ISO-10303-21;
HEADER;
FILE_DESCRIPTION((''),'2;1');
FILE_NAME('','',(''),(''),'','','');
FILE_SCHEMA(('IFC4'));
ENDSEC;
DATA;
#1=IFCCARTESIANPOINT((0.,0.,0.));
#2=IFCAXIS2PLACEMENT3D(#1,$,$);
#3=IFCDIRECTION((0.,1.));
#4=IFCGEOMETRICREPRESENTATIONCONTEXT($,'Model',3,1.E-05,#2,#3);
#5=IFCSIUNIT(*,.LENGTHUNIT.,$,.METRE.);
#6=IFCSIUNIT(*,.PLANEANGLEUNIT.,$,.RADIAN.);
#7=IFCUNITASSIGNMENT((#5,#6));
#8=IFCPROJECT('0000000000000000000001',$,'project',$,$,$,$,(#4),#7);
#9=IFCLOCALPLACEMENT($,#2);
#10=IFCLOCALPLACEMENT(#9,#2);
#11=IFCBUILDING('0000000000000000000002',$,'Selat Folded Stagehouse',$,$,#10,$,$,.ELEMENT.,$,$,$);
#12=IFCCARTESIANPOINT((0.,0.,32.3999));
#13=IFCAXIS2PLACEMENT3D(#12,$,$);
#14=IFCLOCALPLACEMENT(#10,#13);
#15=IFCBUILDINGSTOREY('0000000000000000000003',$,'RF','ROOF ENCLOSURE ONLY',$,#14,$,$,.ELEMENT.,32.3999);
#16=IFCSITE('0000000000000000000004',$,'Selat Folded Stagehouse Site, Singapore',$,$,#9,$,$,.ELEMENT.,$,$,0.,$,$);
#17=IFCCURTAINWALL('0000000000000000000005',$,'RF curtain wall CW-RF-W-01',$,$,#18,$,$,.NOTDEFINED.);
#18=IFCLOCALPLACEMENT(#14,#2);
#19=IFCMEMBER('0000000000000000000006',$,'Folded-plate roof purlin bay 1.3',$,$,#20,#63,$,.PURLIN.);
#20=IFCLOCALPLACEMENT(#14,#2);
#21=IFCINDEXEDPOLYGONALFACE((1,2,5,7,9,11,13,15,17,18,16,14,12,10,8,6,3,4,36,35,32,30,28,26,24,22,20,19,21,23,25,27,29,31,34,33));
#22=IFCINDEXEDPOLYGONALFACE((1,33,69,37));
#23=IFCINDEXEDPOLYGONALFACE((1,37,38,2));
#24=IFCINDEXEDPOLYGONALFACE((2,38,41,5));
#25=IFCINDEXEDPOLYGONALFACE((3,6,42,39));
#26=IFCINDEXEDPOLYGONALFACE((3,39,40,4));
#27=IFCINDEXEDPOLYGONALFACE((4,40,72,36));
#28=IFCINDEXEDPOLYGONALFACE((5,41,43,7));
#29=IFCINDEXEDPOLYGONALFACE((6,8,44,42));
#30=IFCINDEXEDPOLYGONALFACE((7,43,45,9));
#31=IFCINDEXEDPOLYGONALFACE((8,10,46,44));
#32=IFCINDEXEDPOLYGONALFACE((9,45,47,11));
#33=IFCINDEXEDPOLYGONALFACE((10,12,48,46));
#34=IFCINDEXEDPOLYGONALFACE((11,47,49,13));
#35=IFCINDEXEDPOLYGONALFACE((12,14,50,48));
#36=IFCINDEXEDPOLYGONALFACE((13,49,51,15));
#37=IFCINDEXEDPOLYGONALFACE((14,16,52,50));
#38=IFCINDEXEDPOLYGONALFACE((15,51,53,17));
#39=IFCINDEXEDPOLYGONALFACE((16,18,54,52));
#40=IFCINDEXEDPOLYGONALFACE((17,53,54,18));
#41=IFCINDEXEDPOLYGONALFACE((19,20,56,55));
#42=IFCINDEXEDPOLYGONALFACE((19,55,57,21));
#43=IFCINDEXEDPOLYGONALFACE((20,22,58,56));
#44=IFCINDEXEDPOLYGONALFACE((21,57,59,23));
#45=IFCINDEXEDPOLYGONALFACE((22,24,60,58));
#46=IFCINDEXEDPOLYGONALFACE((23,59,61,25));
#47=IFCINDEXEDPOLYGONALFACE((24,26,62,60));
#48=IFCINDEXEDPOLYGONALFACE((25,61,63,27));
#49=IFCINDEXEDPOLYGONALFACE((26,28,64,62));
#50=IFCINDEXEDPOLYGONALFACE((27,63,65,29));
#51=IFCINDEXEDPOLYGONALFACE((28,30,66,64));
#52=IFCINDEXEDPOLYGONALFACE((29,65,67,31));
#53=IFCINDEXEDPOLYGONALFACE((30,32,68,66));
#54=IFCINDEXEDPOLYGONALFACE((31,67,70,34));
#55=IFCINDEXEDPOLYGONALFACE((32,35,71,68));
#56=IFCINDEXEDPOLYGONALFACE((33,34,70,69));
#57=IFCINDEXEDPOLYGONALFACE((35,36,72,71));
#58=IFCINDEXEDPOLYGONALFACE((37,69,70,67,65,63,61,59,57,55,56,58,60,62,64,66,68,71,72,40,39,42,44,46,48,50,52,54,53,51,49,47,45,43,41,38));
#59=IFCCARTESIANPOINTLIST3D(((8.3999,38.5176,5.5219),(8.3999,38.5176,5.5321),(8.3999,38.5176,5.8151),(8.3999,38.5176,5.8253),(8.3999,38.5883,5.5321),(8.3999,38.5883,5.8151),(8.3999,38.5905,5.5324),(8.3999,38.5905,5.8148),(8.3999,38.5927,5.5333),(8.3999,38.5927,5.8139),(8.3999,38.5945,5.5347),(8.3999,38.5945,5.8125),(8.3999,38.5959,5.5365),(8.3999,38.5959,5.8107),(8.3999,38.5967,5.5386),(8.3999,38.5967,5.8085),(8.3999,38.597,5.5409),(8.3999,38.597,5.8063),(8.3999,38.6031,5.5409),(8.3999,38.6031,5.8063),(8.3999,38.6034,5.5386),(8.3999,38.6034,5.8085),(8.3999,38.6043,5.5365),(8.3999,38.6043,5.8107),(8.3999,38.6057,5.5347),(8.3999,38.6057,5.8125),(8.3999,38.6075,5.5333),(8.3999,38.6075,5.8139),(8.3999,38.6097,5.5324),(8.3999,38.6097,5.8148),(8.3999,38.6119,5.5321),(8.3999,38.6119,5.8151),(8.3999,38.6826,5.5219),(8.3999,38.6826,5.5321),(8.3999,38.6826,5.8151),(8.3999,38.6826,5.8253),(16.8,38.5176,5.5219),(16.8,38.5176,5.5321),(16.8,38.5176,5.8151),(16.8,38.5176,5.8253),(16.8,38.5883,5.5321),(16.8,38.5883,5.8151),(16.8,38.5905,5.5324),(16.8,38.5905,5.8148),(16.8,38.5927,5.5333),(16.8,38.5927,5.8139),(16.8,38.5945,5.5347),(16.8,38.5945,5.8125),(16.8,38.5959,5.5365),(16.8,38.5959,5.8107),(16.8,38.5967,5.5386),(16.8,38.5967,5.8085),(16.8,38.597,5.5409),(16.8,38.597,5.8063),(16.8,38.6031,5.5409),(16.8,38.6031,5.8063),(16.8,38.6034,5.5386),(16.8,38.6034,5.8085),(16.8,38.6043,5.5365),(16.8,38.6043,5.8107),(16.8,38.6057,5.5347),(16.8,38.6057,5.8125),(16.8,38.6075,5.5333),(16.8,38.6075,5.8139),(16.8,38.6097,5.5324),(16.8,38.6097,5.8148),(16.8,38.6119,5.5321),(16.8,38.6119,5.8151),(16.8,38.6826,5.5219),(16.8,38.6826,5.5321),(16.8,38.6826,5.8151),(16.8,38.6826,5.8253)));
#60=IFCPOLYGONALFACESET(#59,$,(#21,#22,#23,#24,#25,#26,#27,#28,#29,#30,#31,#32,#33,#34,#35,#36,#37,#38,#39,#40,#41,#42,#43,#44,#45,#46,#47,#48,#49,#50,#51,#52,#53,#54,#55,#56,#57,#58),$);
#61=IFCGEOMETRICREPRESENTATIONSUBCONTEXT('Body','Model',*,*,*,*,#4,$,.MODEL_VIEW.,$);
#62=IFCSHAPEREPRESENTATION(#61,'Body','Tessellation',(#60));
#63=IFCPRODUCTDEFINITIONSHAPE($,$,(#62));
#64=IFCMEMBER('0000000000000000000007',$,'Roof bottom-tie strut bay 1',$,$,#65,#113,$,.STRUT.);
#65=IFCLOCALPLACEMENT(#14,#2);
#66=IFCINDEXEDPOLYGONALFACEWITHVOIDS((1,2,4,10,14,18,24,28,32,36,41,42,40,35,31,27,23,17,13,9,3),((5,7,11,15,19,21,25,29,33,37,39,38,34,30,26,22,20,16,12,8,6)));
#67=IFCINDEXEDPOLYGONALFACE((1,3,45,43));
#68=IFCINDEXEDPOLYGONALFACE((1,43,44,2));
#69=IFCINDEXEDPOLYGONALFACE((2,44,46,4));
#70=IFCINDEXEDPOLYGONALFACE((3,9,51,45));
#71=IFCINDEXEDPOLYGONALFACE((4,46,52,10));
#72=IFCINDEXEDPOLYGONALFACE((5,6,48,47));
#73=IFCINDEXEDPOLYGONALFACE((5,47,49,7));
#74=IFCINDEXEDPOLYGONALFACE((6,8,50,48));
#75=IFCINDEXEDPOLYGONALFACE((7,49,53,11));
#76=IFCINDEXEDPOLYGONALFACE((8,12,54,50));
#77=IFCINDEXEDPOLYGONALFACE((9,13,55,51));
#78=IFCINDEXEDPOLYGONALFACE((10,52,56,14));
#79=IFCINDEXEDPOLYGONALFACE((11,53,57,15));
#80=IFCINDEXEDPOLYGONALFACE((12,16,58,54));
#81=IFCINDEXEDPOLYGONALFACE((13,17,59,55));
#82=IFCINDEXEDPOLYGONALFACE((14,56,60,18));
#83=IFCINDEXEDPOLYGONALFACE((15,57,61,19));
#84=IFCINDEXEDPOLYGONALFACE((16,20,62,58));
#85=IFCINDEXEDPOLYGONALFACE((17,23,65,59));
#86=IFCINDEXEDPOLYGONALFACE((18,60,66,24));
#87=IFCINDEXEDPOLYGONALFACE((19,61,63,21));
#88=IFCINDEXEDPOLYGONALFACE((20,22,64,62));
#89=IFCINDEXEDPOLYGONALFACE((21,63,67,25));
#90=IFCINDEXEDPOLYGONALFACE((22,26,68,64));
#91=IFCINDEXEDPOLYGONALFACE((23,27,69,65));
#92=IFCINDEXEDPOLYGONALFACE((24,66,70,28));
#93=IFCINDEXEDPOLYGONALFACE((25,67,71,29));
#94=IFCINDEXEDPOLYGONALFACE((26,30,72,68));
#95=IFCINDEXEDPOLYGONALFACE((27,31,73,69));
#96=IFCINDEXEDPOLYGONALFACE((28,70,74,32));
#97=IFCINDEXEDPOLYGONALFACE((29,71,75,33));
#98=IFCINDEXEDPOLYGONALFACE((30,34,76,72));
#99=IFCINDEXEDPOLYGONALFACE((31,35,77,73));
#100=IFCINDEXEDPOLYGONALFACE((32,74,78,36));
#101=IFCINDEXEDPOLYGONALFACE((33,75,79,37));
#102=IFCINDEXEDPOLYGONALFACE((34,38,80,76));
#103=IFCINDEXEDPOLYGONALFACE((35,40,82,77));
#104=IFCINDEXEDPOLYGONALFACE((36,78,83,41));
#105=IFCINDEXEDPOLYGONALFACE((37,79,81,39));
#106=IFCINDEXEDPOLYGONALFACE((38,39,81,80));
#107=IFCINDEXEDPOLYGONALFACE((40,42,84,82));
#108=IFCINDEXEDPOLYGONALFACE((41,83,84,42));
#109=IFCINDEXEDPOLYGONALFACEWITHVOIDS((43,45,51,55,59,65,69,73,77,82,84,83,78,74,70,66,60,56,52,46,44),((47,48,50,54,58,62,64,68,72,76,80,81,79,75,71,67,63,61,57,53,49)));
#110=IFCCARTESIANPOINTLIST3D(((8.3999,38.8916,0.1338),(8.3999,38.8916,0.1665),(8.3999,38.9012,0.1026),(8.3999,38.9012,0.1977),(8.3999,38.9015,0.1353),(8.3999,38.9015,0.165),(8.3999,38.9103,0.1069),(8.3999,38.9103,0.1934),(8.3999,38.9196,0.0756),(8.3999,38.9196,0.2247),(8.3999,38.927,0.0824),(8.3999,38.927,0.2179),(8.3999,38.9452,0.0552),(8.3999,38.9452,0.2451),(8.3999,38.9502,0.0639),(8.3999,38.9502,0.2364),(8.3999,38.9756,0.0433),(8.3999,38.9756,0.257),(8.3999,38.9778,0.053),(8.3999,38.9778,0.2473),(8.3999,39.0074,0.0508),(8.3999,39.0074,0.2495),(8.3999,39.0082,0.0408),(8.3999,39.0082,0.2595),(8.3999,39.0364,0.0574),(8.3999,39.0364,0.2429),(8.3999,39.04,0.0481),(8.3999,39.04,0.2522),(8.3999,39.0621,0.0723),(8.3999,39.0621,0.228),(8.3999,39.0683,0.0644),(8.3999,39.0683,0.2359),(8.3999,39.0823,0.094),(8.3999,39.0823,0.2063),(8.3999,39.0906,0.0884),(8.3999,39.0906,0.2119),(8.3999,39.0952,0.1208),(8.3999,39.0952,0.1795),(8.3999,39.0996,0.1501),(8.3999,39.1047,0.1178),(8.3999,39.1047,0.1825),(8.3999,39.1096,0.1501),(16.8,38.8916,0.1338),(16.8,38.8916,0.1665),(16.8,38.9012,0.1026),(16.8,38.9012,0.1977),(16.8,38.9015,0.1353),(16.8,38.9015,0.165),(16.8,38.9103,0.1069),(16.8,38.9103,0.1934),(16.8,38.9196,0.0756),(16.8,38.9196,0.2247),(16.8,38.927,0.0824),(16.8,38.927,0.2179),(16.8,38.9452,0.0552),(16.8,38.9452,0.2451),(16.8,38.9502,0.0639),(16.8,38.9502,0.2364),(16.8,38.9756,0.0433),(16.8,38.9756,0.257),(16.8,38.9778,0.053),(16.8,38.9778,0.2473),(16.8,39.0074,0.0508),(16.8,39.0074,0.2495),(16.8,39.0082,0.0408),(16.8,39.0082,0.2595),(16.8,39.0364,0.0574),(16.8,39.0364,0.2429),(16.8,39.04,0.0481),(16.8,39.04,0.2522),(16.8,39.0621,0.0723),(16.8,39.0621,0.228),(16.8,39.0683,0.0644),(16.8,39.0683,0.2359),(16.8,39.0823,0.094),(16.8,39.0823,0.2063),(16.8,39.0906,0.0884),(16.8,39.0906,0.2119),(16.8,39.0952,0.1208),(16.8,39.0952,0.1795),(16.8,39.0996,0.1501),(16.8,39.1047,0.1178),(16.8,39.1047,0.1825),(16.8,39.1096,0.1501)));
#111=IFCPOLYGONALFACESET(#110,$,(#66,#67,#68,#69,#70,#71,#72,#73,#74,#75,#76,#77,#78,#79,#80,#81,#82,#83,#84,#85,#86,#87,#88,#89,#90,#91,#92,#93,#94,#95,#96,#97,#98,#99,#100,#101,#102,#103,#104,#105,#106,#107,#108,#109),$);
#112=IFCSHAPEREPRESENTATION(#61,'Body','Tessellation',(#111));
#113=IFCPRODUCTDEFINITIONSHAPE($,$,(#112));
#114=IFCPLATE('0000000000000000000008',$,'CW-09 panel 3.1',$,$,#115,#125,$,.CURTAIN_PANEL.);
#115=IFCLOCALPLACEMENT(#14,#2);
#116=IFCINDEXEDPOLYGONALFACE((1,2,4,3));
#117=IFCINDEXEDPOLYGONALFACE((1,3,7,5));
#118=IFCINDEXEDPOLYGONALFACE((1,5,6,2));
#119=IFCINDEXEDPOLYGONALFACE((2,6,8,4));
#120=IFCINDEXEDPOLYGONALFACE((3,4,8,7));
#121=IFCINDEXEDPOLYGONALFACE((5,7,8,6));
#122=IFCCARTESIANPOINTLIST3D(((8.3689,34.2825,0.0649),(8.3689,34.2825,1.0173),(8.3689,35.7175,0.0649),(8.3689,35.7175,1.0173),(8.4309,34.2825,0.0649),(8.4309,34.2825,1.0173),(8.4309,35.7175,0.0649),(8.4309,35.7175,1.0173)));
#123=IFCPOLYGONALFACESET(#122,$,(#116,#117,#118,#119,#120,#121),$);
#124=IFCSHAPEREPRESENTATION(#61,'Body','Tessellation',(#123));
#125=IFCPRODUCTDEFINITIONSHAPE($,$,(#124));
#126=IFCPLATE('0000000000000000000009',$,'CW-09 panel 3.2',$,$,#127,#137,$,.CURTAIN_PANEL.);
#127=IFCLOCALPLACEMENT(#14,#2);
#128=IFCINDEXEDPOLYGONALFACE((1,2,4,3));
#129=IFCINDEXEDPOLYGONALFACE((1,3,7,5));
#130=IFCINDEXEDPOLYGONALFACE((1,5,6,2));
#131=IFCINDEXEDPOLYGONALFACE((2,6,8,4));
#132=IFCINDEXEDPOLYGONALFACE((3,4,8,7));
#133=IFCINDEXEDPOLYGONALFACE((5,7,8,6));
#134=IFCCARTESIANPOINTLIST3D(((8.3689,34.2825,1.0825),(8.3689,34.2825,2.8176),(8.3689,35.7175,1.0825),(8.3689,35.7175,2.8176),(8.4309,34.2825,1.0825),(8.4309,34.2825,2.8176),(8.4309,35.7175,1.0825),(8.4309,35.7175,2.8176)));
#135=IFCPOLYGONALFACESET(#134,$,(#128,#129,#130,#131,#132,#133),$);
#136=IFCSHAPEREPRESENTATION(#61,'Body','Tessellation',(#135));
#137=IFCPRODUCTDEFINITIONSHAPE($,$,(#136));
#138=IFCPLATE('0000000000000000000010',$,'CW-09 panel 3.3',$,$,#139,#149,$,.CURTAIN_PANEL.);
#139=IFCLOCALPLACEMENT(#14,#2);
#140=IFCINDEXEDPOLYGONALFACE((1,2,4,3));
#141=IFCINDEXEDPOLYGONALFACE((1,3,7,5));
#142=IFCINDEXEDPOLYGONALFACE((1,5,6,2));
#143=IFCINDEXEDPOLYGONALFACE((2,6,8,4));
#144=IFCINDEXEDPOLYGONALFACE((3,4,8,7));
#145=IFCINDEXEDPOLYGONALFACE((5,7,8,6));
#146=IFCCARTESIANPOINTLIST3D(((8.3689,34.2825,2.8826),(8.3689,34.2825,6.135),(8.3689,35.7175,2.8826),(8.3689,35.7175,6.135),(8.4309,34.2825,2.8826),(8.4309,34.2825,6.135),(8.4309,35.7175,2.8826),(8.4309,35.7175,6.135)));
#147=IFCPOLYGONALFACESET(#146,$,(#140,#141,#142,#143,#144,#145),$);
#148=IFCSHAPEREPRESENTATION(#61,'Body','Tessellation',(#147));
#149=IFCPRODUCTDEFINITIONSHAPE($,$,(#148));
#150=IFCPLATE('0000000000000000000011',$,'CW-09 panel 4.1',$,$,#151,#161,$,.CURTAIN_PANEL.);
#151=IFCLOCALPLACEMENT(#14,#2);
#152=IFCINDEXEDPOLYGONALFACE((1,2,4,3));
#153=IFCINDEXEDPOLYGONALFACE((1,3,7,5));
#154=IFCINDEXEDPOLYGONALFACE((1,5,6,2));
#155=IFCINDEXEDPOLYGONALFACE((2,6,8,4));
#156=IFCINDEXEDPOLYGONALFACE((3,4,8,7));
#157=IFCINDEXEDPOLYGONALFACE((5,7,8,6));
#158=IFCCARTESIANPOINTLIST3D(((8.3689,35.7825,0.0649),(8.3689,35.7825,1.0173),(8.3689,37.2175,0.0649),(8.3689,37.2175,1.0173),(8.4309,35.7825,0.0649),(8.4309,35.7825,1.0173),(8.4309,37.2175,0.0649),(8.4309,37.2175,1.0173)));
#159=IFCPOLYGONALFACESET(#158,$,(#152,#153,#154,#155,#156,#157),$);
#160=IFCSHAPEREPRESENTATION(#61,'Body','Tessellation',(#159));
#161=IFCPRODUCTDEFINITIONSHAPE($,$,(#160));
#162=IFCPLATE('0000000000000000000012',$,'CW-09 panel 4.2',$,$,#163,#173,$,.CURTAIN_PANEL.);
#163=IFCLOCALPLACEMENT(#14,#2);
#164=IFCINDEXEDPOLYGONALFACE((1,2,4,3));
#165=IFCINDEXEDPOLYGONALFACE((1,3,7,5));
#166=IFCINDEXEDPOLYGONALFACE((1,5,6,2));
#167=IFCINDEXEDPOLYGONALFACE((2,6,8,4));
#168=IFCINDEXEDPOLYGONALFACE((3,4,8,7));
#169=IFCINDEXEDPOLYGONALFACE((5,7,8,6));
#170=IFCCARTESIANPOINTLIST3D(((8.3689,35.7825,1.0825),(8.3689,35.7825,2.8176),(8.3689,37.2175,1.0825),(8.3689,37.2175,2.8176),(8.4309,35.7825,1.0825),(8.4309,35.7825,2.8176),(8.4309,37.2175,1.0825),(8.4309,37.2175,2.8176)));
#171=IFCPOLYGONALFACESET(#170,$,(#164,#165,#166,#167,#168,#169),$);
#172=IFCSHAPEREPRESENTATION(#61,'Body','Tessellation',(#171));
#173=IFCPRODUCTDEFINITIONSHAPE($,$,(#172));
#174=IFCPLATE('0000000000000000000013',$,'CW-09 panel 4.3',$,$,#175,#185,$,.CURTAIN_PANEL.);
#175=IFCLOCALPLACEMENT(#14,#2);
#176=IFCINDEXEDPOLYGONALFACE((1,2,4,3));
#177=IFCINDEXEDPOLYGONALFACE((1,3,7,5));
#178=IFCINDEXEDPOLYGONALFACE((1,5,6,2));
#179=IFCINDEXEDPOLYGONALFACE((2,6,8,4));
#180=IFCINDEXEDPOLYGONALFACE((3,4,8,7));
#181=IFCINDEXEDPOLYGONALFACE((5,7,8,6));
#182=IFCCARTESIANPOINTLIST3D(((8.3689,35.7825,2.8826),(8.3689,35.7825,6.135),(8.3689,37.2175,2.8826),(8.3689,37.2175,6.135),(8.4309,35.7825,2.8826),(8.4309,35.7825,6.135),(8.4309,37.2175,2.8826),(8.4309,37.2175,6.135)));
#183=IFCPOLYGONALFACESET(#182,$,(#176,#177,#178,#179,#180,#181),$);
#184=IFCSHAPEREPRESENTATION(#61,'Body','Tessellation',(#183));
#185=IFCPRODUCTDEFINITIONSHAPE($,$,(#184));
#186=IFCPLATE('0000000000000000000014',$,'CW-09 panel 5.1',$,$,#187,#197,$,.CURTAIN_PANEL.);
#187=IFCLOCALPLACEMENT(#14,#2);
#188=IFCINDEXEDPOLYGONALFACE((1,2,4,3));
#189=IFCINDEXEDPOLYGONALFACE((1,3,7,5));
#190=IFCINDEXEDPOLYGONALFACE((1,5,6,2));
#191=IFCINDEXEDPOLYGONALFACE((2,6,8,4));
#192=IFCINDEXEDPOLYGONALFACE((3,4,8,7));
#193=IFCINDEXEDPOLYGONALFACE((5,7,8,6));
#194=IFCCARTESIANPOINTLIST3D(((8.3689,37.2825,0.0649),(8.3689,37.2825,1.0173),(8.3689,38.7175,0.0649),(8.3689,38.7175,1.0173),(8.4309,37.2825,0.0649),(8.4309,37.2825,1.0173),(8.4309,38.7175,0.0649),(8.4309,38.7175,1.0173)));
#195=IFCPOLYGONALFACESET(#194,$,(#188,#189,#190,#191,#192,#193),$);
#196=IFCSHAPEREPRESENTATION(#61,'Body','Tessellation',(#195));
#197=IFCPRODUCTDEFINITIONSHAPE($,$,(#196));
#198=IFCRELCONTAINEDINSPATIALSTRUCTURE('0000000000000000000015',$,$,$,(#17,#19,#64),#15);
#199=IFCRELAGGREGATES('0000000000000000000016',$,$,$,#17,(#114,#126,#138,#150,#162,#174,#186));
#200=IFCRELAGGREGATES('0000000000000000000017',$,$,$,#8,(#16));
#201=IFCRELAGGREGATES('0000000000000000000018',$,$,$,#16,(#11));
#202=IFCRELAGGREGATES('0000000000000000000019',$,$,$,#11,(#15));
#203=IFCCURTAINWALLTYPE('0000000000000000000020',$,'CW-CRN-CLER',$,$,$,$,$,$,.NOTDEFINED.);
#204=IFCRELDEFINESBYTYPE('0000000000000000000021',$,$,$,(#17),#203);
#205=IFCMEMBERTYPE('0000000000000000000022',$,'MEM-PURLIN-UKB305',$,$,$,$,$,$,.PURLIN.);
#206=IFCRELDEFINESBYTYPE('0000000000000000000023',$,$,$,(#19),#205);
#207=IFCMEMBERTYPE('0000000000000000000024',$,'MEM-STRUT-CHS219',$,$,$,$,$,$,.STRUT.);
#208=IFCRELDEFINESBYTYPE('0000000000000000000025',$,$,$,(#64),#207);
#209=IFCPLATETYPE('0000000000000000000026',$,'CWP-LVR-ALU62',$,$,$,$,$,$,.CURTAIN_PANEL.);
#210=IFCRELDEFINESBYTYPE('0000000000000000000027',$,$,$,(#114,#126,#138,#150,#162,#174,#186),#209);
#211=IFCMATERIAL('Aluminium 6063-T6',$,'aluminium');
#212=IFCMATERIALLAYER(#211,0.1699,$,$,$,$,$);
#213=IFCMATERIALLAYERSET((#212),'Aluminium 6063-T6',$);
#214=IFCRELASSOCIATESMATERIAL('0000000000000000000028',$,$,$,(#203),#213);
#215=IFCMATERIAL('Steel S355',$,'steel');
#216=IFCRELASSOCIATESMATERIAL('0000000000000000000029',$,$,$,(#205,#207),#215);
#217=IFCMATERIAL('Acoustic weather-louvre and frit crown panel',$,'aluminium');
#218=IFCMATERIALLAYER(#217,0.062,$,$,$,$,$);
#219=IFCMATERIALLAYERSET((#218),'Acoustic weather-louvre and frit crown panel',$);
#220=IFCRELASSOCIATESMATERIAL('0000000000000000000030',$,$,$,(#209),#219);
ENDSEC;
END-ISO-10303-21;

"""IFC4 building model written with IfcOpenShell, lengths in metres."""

from ifc_helpers import new_model, si_unit, direction, frame, origin, origin_2d, place, context, subcontext, project, spatial, rectangle, hollow_circle, i_section, extrude, material, layer, layer_set, material_profile, profile_set, type_object, element, aggregate, save


model = new_model("IFC4")

# Units and contexts
model_context = context("Model", 3, precision=1e-05, world=origin(), true_north=direction((0.0, 1.0)))
body_context = subcontext(model_context, "Body", "Model", "MODEL_VIEW")
ifc_project = project(units=[si_unit("LENGTHUNIT", "METRE"), si_unit("PLANEANGLEUNIT", "RADIAN")], contexts=[model_context])

# Site, building, storey
site_placement = place(None, origin())
site = spatial("IfcSite", under=ifc_project, at=site_placement, Name="Selat Folded Stagehouse Site, Singapore", CompositionType="ELEMENT", RefElevation=0.0)
building_placement = place(site_placement, origin())
building = spatial("IfcBuilding", under=site, at=building_placement, Name="Selat Folded Stagehouse", CompositionType="ELEMENT")
storey_placement = place(building_placement, frame((0.0, 0.0, 32.3999)))
storey = spatial("IfcBuildingStorey", under=building, at=storey_placement, Name="RF", Description="ROOF ENCLOSURE ONLY", CompositionType="ELEMENT", Elevation=32.3999)

# Shared definitions
ifc_material_1 = material(Name="Steel S355", Category="steel")

# Curtain wall
ifc_material_2 = material(Name="Aluminium 6063-T6", Category="aluminium")
ifc_layer_1 = layer(ifc_material_2, 0.1699)
ifc_layer_set_1 = layer_set([ifc_layer_1], Name="Aluminium 6063-T6")
curtain_wall_type = type_object("IfcCurtainWallType", Name="CW-CRN-CLER", PredefinedType="NOTDEFINED", material=ifc_layer_set_1)
curtain_wall_placement = place(storey_placement, origin())
curtain_wall = element("IfcCurtainWall", 1, at=curtain_wall_placement, inside=storey, type_object=curtain_wall_type, Name="RF curtain wall CW-RF-W-01", PredefinedType="NOTDEFINED")

# Members
ifc_material_profile_1 = material_profile(ifc_material_1, i_section(OverallWidth=0.165, OverallDepth=0.3035, WebThickness=0.0061, FlangeThickness=0.0103, FilletRadius=0.0088, at=origin_2d()), Name="UKB 305x165x40")
ifc_profile_set_1 = profile_set([ifc_material_profile_1], Name="Steel S355")
member_type_1 = type_object("IfcMemberType", Name="MEM-PURLIN-UKB305", PredefinedType="PURLIN", material=ifc_profile_set_1)
member_1_placement = place(storey_placement, frame((8.3999, 38.6001, 5.6736), z_axis=(1.0, 0.0, 0.0), x_axis=(0.0, 1.0, 0.0)))
element("IfcMember", 2, at=member_1_placement, inside=storey, type_object=member_type_1, Name="Folded-plate roof purlin bay 1.3", PredefinedType="PURLIN", context=body_context, shape_type="SweptSolid", body=[
    extrude(i_section(OverallWidth=0.165, OverallDepth=0.3035, WebThickness=0.0061, FlangeThickness=0.0103, FilletRadius=0.0088, at=origin_2d()), origin(), (0.0, 0.0, 1.0), 8.4001),
])
ifc_material_profile_2 = material_profile(ifc_material_1, hollow_circle(Radius=0.1096, WallThickness=0.01, at=origin_2d()), Name="CHS 219.1x10.0")
ifc_profile_set_2 = profile_set([ifc_material_profile_2], Name="Steel S355")
member_type_2 = type_object("IfcMemberType", Name="MEM-STRUT-CHS219", PredefinedType="STRUT", material=ifc_profile_set_2)
member_2_placement = place(storey_placement, frame((8.3999, 39.0, 0.1501), z_axis=(1.0, 0.0, 0.0), x_axis=(0.0, 1.0, 0.0)))
element("IfcMember", 3, at=member_2_placement, inside=storey, type_object=member_type_2, Name="Roof bottom-tie strut bay 1", PredefinedType="STRUT", context=body_context, shape_type="SweptSolid", body=[
    extrude(hollow_circle(Radius=0.1096, WallThickness=0.01, at=origin_2d()), origin(), (0.0, 0.0, 1.0), 8.4001),
])

# Plates
ifc_material_3 = material(Name="Acoustic weather-louvre and frit crown panel", Category="aluminium")
ifc_layer_2 = layer(ifc_material_3, 0.062)
ifc_layer_set_2 = layer_set([ifc_layer_2], Name="Acoustic weather-louvre and frit crown panel")
plate_type_1 = type_object("IfcPlateType", Name="CWP-LVR-ALU62", PredefinedType="CURTAIN_PANEL", material=ifc_layer_set_2)
plate_1_placement = place(storey_placement, frame((8.3999, 35.0, 0.0649), z_axis=(0.0, 0.0, 1.0), x_axis=(0.0, 1.0, 0.0)))
plate_1 = element("IfcPlate", 4, at=plate_1_placement, type_object=plate_type_1, Name="CW-09 panel 3.1", PredefinedType="CURTAIN_PANEL", context=body_context, shape_type="SweptSolid", body=[
    extrude(rectangle(XDim=1.4351, YDim=0.062, at=origin_2d()), origin(), (0.0, 0.0, 1.0), 0.9524),
])
plate_2_placement = place(storey_placement, frame((8.3999, 35.0, 1.0825), z_axis=(0.0, 0.0, 1.0), x_axis=(0.0, 1.0, 0.0)))
plate_2 = element("IfcPlate", 5, at=plate_2_placement, type_object=plate_type_1, Name="CW-09 panel 3.2", PredefinedType="CURTAIN_PANEL", context=body_context, shape_type="SweptSolid", body=[
    extrude(rectangle(XDim=1.4351, YDim=0.062, at=origin_2d()), origin(), (0.0, 0.0, 1.0), 1.7351),
])
plate_3_placement = place(storey_placement, frame((8.3999, 35.0, 2.8826), z_axis=(0.0, 0.0, 1.0), x_axis=(0.0, 1.0, 0.0)))
plate_3 = element("IfcPlate", 6, at=plate_3_placement, type_object=plate_type_1, Name="CW-09 panel 3.3", PredefinedType="CURTAIN_PANEL", context=body_context, shape_type="SweptSolid", body=[
    extrude(rectangle(XDim=1.4351, YDim=0.062, at=origin_2d()), origin(), (0.0, 0.0, 1.0), 3.2524),
])
plate_4_placement = place(storey_placement, frame((8.3999, 36.5, 0.0649), z_axis=(0.0, 0.0, 1.0), x_axis=(0.0, 1.0, 0.0)))
plate_4 = element("IfcPlate", 7, at=plate_4_placement, type_object=plate_type_1, Name="CW-09 panel 4.1", PredefinedType="CURTAIN_PANEL", context=body_context, shape_type="SweptSolid", body=[
    extrude(rectangle(XDim=1.4351, YDim=0.062, at=origin_2d()), origin(), (0.0, 0.0, 1.0), 0.9524),
])
plate_5_placement = place(storey_placement, frame((8.3999, 36.5, 1.0825), z_axis=(0.0, 0.0, 1.0), x_axis=(0.0, 1.0, 0.0)))
plate_5 = element("IfcPlate", 8, at=plate_5_placement, type_object=plate_type_1, Name="CW-09 panel 4.2", PredefinedType="CURTAIN_PANEL", context=body_context, shape_type="SweptSolid", body=[
    extrude(rectangle(XDim=1.4351, YDim=0.062, at=origin_2d()), origin(), (0.0, 0.0, 1.0), 1.7351),
])
plate_6_placement = place(storey_placement, frame((8.3999, 36.5, 2.8826), z_axis=(0.0, 0.0, 1.0), x_axis=(0.0, 1.0, 0.0)))
plate_6 = element("IfcPlate", 9, at=plate_6_placement, type_object=plate_type_1, Name="CW-09 panel 4.3", PredefinedType="CURTAIN_PANEL", context=body_context, shape_type="SweptSolid", body=[
    extrude(rectangle(XDim=1.4351, YDim=0.062, at=origin_2d()), origin(), (0.0, 0.0, 1.0), 3.2524),
])
plate_7_placement = place(storey_placement, frame((8.3999, 38.0, 0.0649), z_axis=(0.0, 0.0, 1.0), x_axis=(0.0, 1.0, 0.0)))
plate_7 = element("IfcPlate", 10, at=plate_7_placement, type_object=plate_type_1, Name="CW-09 panel 5.1", PredefinedType="CURTAIN_PANEL", context=body_context, shape_type="SweptSolid", body=[
    extrude(rectangle(XDim=1.4351, YDim=0.062, at=origin_2d()), origin(), (0.0, 0.0, 1.0), 0.9524),
])
aggregate(curtain_wall, [plate_1, plate_2, plate_3, plate_4, plate_5, plate_6, plate_7])

save(model, "model.ifc")
